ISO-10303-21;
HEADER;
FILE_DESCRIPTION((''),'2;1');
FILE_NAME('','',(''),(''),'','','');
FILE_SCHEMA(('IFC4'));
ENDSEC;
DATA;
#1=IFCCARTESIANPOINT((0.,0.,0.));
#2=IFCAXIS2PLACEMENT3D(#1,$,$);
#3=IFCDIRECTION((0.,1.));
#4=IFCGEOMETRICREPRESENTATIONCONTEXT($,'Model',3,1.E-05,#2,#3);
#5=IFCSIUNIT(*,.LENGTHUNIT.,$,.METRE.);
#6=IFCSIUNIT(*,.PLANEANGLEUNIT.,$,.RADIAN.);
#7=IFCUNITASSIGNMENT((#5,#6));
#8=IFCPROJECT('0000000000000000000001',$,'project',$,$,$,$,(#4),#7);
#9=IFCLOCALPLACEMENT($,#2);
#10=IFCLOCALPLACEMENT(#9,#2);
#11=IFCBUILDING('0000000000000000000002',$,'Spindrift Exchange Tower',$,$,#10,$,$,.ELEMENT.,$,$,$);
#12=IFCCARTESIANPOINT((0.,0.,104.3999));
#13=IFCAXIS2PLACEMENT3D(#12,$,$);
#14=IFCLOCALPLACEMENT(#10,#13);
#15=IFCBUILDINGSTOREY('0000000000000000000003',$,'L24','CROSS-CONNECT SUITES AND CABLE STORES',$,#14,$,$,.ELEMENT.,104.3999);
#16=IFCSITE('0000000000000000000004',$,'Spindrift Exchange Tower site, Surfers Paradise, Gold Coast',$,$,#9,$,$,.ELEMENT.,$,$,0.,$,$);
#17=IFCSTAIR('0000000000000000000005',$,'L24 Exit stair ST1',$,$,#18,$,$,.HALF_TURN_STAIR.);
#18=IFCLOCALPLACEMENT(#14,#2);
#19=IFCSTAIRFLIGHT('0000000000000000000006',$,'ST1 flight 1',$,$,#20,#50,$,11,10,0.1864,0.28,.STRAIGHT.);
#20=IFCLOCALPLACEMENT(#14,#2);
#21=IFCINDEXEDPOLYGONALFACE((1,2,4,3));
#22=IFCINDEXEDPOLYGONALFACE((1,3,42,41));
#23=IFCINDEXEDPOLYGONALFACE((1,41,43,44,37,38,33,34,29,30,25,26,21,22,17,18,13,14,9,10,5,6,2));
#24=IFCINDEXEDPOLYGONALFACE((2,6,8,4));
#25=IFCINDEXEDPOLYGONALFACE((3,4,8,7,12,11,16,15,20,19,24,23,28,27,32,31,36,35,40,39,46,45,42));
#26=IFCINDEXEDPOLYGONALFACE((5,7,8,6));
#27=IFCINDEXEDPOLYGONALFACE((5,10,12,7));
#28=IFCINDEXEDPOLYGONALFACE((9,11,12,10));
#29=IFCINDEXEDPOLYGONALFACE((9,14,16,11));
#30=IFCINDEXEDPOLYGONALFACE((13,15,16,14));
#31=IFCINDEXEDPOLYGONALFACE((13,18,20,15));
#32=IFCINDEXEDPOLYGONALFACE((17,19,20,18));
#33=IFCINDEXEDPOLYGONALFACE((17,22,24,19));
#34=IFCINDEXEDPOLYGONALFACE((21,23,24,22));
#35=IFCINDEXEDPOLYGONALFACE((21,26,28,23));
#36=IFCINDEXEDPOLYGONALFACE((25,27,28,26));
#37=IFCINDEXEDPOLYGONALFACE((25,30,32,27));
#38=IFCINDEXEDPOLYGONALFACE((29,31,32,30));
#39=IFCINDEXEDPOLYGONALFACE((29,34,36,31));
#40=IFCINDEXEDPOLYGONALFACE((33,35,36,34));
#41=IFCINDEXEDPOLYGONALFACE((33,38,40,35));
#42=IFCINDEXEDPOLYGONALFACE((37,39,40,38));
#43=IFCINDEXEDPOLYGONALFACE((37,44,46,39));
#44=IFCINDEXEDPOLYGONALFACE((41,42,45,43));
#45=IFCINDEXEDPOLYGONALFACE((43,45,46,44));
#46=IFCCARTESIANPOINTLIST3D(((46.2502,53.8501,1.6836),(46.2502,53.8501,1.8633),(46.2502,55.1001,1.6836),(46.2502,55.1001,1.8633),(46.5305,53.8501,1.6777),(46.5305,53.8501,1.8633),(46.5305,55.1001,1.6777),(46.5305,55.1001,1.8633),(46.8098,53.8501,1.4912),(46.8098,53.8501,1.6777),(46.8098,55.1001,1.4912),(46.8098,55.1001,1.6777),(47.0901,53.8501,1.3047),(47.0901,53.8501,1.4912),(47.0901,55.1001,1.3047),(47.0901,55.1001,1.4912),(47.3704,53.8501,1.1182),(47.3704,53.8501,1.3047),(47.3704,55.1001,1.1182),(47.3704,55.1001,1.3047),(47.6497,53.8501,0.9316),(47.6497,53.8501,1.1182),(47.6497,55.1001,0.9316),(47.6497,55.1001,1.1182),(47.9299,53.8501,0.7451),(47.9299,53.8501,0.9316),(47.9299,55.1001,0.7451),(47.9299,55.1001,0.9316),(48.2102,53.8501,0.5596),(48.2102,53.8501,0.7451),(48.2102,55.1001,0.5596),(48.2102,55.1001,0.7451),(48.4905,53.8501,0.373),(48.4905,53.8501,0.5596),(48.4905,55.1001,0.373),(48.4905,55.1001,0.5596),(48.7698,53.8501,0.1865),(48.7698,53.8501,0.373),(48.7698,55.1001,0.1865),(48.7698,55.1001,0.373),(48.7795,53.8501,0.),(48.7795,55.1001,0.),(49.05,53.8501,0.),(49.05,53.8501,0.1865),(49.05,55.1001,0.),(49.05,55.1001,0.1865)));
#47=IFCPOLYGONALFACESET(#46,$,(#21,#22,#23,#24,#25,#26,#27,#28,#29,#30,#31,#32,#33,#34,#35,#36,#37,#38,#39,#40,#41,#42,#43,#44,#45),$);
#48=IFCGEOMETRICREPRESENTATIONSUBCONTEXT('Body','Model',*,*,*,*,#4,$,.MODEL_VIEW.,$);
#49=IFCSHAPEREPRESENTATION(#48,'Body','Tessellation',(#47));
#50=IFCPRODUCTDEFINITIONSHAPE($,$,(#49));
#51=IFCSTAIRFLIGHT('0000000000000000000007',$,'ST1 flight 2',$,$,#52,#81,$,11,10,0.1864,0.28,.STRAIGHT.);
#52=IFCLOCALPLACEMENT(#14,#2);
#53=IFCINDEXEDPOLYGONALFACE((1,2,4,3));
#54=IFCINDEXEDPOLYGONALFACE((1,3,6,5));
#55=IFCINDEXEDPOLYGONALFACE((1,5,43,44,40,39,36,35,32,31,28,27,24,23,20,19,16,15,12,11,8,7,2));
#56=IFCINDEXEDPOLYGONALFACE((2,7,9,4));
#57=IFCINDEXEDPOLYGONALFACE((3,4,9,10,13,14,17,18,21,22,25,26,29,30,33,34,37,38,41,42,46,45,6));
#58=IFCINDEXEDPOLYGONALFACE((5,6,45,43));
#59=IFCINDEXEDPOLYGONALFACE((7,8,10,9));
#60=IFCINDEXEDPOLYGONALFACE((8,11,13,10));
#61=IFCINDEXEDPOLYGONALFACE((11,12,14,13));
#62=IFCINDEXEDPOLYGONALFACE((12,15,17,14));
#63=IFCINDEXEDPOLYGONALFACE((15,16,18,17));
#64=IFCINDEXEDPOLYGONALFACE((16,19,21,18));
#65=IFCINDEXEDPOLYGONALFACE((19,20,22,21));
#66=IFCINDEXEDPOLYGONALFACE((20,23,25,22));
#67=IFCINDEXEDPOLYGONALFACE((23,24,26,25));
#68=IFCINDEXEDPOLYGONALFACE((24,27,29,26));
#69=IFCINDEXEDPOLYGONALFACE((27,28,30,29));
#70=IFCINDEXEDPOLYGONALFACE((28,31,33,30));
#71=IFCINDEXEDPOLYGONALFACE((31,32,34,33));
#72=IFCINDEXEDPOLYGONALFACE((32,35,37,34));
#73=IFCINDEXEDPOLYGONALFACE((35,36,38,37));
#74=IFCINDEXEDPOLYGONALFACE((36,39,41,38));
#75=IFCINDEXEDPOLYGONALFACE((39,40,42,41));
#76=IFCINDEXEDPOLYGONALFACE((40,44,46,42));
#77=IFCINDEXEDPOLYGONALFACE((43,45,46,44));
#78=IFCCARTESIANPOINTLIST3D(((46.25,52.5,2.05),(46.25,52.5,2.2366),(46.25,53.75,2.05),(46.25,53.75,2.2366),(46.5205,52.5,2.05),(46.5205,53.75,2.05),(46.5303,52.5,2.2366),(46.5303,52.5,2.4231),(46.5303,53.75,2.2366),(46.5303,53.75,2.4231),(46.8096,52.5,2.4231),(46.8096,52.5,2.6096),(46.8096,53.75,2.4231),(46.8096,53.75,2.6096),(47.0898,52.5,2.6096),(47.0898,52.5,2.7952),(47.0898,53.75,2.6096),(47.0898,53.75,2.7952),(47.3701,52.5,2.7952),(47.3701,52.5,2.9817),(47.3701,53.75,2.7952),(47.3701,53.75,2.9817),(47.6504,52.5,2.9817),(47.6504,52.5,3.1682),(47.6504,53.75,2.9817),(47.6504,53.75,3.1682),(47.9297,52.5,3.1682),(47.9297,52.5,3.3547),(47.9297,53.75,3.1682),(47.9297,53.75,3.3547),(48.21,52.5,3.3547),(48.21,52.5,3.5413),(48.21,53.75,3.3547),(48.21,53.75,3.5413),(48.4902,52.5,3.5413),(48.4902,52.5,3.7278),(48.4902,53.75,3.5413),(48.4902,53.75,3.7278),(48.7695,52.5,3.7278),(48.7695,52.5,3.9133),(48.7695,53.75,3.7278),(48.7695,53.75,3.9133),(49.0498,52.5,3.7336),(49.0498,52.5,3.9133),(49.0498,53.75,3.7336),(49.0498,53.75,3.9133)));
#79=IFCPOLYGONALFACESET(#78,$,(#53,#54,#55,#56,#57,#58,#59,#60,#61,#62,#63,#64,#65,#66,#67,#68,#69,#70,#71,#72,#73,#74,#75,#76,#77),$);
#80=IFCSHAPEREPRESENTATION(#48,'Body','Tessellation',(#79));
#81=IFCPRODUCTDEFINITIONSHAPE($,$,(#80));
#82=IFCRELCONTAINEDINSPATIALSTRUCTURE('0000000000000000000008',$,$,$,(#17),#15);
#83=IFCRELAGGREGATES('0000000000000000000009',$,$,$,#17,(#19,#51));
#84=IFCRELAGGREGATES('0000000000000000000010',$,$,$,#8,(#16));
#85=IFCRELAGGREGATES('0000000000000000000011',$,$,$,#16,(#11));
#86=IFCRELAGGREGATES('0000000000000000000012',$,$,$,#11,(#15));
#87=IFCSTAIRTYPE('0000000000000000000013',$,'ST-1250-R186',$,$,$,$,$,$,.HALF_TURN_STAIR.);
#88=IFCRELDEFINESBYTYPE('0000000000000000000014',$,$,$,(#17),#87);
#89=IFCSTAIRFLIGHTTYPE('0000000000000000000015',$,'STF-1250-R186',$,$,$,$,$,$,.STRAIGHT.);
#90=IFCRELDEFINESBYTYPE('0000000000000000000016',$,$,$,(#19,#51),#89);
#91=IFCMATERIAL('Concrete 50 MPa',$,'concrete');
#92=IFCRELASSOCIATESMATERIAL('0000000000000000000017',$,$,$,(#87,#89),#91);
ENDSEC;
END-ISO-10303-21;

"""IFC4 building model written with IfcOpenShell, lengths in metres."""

from ifc_helpers import new_model, si_unit, direction, frame, origin, place, context, subcontext, project, spatial, line, indexed_curve, outline, extrude, material, type_object, element, aggregate, save


model = new_model("IFC4")

# Units and contexts
model_context = context("Model", 3, precision=1e-05, world=origin(), true_north=direction((0.0, 1.0)))
body_context = subcontext(model_context, "Body", "Model", "MODEL_VIEW")
ifc_project = project(units=[si_unit("LENGTHUNIT", "METRE"), si_unit("PLANEANGLEUNIT", "RADIAN")], contexts=[model_context])

# Site, building, storey
site_placement = place(None, origin())
site = spatial("IfcSite", under=ifc_project, at=site_placement, Name="Spindrift Exchange Tower site, Surfers Paradise, Gold Coast", CompositionType="ELEMENT", RefElevation=0.0)
building_placement = place(site_placement, origin())
building = spatial("IfcBuilding", under=site, at=building_placement, Name="Spindrift Exchange Tower", CompositionType="ELEMENT")
storey_placement = place(building_placement, frame((0.0, 0.0, 104.3999)))
storey = spatial("IfcBuildingStorey", under=building, at=storey_placement, Name="L24", Description="CROSS-CONNECT SUITES AND CABLE STORES", CompositionType="ELEMENT", Elevation=104.3999)

# Stair, stair flights
ifc_material_1 = material(Name="Concrete 50 MPa", Category="concrete")
stair_type = type_object("IfcStairType", Name="ST-1250-R186", PredefinedType="HALF_TURN_STAIR", material=ifc_material_1)
stair_placement = place(storey_placement, origin())
stair = element("IfcStair", 1, at=stair_placement, inside=storey, type_object=stair_type, Name="L24 Exit stair ST1", PredefinedType="HALF_TURN_STAIR")
stair_flight_type = type_object("IfcStairFlightType", Name="STF-1250-R186", PredefinedType="STRAIGHT", material=ifc_material_1)
stair_flight_1_placement = place(storey_placement, frame((49.05, 54.4751, 0.0), z_axis=(0.0, 0.0, 1.0), x_axis=(-1.0, 0.0, 0.0)))
stair_flight_1 = element("IfcStairFlight", 2, at=stair_flight_1_placement, type_object=stair_flight_type, Name="ST1 flight 1", NumberOfRisers=11, NumberOfTreads=10, PredefinedType="STRAIGHT", RiserHeight=0.1864, TreadLength=0.28, context=body_context, shape_type="SweptSolid", body=[
    extrude(outline(indexed_curve([(0.0, 0.0), (0.0, 0.1865), (0.2803, 0.1865), (0.2803, 0.373), (0.5596, 0.373), (0.5596, 0.5596), (0.8398, 0.5596), (0.8398, 0.7451), (1.1201, 0.7451), (1.1201, 0.9316), (1.4004, 0.9316), (1.4004, 1.1182), (1.6797, 1.1182), (1.6797, 1.3047), (1.96, 1.3047), (1.96, 1.4912), (2.2402, 1.4912), (2.2402, 1.6777), (2.5195, 1.6777), (2.5195, 1.8633), (2.7998, 1.8633), (2.7998, 2.0498), (2.7998, 1.6836), (0.2705, 0.0)], segments=[line(1, 2, 3, 4, 5, 6, 7, 8, 9, 10, 11, 12, 13, 14, 15, 16, 17, 18, 19, 20, 21, 22, 23, 24, 1)], self_intersect=False)), frame((0.0, 0.625, 0.0), z_axis=(0.0, -1.0, 0.0), x_axis=(1.0, 0.0, 0.0)), (0.0, 0.0, 1.0), 1.25),
])
stair_flight_2_placement = place(storey_placement, frame((46.25, 53.125, 2.05), z_axis=(0.0, 0.0, 1.0), x_axis=(1.0, 0.0, 0.0)))
stair_flight_2 = element("IfcStairFlight", 3, at=stair_flight_2_placement, type_object=stair_flight_type, Name="ST1 flight 2", NumberOfRisers=11, NumberOfTreads=10, PredefinedType="STRAIGHT", RiserHeight=0.1864, TreadLength=0.28, context=body_context, shape_type="SweptSolid", body=[
    extrude(outline(indexed_curve([(0.0, 0.0), (0.0, 0.1865), (0.2803, 0.1865), (0.2803, 0.373), (0.5596, 0.373), (0.5596, 0.5596), (0.8398, 0.5596), (0.8398, 0.7451), (1.1201, 0.7451), (1.1201, 0.9316), (1.4004, 0.9316), (1.4004, 1.1182), (1.6797, 1.1182), (1.6797, 1.3047), (1.96, 1.3047), (1.96, 1.4912), (2.2402, 1.4912), (2.2402, 1.6777), (2.5195, 1.6777), (2.5195, 1.8633), (2.7998, 1.8633), (2.7998, 2.0498), (2.7998, 1.6836), (0.2705, 0.0)], segments=[line(1, 2, 3, 4, 5, 6, 7, 8, 9, 10, 11, 12, 13, 14, 15, 16, 17, 18, 19, 20, 21, 22, 23, 24, 1)], self_intersect=False)), frame((0.0, 0.625, 0.0), z_axis=(0.0, -1.0, 0.0), x_axis=(1.0, 0.0, 0.0)), (0.0, 0.0, 1.0), 1.25),
])
aggregate(stair, [stair_flight_1, stair_flight_2])

save(model, "model.ifc")
